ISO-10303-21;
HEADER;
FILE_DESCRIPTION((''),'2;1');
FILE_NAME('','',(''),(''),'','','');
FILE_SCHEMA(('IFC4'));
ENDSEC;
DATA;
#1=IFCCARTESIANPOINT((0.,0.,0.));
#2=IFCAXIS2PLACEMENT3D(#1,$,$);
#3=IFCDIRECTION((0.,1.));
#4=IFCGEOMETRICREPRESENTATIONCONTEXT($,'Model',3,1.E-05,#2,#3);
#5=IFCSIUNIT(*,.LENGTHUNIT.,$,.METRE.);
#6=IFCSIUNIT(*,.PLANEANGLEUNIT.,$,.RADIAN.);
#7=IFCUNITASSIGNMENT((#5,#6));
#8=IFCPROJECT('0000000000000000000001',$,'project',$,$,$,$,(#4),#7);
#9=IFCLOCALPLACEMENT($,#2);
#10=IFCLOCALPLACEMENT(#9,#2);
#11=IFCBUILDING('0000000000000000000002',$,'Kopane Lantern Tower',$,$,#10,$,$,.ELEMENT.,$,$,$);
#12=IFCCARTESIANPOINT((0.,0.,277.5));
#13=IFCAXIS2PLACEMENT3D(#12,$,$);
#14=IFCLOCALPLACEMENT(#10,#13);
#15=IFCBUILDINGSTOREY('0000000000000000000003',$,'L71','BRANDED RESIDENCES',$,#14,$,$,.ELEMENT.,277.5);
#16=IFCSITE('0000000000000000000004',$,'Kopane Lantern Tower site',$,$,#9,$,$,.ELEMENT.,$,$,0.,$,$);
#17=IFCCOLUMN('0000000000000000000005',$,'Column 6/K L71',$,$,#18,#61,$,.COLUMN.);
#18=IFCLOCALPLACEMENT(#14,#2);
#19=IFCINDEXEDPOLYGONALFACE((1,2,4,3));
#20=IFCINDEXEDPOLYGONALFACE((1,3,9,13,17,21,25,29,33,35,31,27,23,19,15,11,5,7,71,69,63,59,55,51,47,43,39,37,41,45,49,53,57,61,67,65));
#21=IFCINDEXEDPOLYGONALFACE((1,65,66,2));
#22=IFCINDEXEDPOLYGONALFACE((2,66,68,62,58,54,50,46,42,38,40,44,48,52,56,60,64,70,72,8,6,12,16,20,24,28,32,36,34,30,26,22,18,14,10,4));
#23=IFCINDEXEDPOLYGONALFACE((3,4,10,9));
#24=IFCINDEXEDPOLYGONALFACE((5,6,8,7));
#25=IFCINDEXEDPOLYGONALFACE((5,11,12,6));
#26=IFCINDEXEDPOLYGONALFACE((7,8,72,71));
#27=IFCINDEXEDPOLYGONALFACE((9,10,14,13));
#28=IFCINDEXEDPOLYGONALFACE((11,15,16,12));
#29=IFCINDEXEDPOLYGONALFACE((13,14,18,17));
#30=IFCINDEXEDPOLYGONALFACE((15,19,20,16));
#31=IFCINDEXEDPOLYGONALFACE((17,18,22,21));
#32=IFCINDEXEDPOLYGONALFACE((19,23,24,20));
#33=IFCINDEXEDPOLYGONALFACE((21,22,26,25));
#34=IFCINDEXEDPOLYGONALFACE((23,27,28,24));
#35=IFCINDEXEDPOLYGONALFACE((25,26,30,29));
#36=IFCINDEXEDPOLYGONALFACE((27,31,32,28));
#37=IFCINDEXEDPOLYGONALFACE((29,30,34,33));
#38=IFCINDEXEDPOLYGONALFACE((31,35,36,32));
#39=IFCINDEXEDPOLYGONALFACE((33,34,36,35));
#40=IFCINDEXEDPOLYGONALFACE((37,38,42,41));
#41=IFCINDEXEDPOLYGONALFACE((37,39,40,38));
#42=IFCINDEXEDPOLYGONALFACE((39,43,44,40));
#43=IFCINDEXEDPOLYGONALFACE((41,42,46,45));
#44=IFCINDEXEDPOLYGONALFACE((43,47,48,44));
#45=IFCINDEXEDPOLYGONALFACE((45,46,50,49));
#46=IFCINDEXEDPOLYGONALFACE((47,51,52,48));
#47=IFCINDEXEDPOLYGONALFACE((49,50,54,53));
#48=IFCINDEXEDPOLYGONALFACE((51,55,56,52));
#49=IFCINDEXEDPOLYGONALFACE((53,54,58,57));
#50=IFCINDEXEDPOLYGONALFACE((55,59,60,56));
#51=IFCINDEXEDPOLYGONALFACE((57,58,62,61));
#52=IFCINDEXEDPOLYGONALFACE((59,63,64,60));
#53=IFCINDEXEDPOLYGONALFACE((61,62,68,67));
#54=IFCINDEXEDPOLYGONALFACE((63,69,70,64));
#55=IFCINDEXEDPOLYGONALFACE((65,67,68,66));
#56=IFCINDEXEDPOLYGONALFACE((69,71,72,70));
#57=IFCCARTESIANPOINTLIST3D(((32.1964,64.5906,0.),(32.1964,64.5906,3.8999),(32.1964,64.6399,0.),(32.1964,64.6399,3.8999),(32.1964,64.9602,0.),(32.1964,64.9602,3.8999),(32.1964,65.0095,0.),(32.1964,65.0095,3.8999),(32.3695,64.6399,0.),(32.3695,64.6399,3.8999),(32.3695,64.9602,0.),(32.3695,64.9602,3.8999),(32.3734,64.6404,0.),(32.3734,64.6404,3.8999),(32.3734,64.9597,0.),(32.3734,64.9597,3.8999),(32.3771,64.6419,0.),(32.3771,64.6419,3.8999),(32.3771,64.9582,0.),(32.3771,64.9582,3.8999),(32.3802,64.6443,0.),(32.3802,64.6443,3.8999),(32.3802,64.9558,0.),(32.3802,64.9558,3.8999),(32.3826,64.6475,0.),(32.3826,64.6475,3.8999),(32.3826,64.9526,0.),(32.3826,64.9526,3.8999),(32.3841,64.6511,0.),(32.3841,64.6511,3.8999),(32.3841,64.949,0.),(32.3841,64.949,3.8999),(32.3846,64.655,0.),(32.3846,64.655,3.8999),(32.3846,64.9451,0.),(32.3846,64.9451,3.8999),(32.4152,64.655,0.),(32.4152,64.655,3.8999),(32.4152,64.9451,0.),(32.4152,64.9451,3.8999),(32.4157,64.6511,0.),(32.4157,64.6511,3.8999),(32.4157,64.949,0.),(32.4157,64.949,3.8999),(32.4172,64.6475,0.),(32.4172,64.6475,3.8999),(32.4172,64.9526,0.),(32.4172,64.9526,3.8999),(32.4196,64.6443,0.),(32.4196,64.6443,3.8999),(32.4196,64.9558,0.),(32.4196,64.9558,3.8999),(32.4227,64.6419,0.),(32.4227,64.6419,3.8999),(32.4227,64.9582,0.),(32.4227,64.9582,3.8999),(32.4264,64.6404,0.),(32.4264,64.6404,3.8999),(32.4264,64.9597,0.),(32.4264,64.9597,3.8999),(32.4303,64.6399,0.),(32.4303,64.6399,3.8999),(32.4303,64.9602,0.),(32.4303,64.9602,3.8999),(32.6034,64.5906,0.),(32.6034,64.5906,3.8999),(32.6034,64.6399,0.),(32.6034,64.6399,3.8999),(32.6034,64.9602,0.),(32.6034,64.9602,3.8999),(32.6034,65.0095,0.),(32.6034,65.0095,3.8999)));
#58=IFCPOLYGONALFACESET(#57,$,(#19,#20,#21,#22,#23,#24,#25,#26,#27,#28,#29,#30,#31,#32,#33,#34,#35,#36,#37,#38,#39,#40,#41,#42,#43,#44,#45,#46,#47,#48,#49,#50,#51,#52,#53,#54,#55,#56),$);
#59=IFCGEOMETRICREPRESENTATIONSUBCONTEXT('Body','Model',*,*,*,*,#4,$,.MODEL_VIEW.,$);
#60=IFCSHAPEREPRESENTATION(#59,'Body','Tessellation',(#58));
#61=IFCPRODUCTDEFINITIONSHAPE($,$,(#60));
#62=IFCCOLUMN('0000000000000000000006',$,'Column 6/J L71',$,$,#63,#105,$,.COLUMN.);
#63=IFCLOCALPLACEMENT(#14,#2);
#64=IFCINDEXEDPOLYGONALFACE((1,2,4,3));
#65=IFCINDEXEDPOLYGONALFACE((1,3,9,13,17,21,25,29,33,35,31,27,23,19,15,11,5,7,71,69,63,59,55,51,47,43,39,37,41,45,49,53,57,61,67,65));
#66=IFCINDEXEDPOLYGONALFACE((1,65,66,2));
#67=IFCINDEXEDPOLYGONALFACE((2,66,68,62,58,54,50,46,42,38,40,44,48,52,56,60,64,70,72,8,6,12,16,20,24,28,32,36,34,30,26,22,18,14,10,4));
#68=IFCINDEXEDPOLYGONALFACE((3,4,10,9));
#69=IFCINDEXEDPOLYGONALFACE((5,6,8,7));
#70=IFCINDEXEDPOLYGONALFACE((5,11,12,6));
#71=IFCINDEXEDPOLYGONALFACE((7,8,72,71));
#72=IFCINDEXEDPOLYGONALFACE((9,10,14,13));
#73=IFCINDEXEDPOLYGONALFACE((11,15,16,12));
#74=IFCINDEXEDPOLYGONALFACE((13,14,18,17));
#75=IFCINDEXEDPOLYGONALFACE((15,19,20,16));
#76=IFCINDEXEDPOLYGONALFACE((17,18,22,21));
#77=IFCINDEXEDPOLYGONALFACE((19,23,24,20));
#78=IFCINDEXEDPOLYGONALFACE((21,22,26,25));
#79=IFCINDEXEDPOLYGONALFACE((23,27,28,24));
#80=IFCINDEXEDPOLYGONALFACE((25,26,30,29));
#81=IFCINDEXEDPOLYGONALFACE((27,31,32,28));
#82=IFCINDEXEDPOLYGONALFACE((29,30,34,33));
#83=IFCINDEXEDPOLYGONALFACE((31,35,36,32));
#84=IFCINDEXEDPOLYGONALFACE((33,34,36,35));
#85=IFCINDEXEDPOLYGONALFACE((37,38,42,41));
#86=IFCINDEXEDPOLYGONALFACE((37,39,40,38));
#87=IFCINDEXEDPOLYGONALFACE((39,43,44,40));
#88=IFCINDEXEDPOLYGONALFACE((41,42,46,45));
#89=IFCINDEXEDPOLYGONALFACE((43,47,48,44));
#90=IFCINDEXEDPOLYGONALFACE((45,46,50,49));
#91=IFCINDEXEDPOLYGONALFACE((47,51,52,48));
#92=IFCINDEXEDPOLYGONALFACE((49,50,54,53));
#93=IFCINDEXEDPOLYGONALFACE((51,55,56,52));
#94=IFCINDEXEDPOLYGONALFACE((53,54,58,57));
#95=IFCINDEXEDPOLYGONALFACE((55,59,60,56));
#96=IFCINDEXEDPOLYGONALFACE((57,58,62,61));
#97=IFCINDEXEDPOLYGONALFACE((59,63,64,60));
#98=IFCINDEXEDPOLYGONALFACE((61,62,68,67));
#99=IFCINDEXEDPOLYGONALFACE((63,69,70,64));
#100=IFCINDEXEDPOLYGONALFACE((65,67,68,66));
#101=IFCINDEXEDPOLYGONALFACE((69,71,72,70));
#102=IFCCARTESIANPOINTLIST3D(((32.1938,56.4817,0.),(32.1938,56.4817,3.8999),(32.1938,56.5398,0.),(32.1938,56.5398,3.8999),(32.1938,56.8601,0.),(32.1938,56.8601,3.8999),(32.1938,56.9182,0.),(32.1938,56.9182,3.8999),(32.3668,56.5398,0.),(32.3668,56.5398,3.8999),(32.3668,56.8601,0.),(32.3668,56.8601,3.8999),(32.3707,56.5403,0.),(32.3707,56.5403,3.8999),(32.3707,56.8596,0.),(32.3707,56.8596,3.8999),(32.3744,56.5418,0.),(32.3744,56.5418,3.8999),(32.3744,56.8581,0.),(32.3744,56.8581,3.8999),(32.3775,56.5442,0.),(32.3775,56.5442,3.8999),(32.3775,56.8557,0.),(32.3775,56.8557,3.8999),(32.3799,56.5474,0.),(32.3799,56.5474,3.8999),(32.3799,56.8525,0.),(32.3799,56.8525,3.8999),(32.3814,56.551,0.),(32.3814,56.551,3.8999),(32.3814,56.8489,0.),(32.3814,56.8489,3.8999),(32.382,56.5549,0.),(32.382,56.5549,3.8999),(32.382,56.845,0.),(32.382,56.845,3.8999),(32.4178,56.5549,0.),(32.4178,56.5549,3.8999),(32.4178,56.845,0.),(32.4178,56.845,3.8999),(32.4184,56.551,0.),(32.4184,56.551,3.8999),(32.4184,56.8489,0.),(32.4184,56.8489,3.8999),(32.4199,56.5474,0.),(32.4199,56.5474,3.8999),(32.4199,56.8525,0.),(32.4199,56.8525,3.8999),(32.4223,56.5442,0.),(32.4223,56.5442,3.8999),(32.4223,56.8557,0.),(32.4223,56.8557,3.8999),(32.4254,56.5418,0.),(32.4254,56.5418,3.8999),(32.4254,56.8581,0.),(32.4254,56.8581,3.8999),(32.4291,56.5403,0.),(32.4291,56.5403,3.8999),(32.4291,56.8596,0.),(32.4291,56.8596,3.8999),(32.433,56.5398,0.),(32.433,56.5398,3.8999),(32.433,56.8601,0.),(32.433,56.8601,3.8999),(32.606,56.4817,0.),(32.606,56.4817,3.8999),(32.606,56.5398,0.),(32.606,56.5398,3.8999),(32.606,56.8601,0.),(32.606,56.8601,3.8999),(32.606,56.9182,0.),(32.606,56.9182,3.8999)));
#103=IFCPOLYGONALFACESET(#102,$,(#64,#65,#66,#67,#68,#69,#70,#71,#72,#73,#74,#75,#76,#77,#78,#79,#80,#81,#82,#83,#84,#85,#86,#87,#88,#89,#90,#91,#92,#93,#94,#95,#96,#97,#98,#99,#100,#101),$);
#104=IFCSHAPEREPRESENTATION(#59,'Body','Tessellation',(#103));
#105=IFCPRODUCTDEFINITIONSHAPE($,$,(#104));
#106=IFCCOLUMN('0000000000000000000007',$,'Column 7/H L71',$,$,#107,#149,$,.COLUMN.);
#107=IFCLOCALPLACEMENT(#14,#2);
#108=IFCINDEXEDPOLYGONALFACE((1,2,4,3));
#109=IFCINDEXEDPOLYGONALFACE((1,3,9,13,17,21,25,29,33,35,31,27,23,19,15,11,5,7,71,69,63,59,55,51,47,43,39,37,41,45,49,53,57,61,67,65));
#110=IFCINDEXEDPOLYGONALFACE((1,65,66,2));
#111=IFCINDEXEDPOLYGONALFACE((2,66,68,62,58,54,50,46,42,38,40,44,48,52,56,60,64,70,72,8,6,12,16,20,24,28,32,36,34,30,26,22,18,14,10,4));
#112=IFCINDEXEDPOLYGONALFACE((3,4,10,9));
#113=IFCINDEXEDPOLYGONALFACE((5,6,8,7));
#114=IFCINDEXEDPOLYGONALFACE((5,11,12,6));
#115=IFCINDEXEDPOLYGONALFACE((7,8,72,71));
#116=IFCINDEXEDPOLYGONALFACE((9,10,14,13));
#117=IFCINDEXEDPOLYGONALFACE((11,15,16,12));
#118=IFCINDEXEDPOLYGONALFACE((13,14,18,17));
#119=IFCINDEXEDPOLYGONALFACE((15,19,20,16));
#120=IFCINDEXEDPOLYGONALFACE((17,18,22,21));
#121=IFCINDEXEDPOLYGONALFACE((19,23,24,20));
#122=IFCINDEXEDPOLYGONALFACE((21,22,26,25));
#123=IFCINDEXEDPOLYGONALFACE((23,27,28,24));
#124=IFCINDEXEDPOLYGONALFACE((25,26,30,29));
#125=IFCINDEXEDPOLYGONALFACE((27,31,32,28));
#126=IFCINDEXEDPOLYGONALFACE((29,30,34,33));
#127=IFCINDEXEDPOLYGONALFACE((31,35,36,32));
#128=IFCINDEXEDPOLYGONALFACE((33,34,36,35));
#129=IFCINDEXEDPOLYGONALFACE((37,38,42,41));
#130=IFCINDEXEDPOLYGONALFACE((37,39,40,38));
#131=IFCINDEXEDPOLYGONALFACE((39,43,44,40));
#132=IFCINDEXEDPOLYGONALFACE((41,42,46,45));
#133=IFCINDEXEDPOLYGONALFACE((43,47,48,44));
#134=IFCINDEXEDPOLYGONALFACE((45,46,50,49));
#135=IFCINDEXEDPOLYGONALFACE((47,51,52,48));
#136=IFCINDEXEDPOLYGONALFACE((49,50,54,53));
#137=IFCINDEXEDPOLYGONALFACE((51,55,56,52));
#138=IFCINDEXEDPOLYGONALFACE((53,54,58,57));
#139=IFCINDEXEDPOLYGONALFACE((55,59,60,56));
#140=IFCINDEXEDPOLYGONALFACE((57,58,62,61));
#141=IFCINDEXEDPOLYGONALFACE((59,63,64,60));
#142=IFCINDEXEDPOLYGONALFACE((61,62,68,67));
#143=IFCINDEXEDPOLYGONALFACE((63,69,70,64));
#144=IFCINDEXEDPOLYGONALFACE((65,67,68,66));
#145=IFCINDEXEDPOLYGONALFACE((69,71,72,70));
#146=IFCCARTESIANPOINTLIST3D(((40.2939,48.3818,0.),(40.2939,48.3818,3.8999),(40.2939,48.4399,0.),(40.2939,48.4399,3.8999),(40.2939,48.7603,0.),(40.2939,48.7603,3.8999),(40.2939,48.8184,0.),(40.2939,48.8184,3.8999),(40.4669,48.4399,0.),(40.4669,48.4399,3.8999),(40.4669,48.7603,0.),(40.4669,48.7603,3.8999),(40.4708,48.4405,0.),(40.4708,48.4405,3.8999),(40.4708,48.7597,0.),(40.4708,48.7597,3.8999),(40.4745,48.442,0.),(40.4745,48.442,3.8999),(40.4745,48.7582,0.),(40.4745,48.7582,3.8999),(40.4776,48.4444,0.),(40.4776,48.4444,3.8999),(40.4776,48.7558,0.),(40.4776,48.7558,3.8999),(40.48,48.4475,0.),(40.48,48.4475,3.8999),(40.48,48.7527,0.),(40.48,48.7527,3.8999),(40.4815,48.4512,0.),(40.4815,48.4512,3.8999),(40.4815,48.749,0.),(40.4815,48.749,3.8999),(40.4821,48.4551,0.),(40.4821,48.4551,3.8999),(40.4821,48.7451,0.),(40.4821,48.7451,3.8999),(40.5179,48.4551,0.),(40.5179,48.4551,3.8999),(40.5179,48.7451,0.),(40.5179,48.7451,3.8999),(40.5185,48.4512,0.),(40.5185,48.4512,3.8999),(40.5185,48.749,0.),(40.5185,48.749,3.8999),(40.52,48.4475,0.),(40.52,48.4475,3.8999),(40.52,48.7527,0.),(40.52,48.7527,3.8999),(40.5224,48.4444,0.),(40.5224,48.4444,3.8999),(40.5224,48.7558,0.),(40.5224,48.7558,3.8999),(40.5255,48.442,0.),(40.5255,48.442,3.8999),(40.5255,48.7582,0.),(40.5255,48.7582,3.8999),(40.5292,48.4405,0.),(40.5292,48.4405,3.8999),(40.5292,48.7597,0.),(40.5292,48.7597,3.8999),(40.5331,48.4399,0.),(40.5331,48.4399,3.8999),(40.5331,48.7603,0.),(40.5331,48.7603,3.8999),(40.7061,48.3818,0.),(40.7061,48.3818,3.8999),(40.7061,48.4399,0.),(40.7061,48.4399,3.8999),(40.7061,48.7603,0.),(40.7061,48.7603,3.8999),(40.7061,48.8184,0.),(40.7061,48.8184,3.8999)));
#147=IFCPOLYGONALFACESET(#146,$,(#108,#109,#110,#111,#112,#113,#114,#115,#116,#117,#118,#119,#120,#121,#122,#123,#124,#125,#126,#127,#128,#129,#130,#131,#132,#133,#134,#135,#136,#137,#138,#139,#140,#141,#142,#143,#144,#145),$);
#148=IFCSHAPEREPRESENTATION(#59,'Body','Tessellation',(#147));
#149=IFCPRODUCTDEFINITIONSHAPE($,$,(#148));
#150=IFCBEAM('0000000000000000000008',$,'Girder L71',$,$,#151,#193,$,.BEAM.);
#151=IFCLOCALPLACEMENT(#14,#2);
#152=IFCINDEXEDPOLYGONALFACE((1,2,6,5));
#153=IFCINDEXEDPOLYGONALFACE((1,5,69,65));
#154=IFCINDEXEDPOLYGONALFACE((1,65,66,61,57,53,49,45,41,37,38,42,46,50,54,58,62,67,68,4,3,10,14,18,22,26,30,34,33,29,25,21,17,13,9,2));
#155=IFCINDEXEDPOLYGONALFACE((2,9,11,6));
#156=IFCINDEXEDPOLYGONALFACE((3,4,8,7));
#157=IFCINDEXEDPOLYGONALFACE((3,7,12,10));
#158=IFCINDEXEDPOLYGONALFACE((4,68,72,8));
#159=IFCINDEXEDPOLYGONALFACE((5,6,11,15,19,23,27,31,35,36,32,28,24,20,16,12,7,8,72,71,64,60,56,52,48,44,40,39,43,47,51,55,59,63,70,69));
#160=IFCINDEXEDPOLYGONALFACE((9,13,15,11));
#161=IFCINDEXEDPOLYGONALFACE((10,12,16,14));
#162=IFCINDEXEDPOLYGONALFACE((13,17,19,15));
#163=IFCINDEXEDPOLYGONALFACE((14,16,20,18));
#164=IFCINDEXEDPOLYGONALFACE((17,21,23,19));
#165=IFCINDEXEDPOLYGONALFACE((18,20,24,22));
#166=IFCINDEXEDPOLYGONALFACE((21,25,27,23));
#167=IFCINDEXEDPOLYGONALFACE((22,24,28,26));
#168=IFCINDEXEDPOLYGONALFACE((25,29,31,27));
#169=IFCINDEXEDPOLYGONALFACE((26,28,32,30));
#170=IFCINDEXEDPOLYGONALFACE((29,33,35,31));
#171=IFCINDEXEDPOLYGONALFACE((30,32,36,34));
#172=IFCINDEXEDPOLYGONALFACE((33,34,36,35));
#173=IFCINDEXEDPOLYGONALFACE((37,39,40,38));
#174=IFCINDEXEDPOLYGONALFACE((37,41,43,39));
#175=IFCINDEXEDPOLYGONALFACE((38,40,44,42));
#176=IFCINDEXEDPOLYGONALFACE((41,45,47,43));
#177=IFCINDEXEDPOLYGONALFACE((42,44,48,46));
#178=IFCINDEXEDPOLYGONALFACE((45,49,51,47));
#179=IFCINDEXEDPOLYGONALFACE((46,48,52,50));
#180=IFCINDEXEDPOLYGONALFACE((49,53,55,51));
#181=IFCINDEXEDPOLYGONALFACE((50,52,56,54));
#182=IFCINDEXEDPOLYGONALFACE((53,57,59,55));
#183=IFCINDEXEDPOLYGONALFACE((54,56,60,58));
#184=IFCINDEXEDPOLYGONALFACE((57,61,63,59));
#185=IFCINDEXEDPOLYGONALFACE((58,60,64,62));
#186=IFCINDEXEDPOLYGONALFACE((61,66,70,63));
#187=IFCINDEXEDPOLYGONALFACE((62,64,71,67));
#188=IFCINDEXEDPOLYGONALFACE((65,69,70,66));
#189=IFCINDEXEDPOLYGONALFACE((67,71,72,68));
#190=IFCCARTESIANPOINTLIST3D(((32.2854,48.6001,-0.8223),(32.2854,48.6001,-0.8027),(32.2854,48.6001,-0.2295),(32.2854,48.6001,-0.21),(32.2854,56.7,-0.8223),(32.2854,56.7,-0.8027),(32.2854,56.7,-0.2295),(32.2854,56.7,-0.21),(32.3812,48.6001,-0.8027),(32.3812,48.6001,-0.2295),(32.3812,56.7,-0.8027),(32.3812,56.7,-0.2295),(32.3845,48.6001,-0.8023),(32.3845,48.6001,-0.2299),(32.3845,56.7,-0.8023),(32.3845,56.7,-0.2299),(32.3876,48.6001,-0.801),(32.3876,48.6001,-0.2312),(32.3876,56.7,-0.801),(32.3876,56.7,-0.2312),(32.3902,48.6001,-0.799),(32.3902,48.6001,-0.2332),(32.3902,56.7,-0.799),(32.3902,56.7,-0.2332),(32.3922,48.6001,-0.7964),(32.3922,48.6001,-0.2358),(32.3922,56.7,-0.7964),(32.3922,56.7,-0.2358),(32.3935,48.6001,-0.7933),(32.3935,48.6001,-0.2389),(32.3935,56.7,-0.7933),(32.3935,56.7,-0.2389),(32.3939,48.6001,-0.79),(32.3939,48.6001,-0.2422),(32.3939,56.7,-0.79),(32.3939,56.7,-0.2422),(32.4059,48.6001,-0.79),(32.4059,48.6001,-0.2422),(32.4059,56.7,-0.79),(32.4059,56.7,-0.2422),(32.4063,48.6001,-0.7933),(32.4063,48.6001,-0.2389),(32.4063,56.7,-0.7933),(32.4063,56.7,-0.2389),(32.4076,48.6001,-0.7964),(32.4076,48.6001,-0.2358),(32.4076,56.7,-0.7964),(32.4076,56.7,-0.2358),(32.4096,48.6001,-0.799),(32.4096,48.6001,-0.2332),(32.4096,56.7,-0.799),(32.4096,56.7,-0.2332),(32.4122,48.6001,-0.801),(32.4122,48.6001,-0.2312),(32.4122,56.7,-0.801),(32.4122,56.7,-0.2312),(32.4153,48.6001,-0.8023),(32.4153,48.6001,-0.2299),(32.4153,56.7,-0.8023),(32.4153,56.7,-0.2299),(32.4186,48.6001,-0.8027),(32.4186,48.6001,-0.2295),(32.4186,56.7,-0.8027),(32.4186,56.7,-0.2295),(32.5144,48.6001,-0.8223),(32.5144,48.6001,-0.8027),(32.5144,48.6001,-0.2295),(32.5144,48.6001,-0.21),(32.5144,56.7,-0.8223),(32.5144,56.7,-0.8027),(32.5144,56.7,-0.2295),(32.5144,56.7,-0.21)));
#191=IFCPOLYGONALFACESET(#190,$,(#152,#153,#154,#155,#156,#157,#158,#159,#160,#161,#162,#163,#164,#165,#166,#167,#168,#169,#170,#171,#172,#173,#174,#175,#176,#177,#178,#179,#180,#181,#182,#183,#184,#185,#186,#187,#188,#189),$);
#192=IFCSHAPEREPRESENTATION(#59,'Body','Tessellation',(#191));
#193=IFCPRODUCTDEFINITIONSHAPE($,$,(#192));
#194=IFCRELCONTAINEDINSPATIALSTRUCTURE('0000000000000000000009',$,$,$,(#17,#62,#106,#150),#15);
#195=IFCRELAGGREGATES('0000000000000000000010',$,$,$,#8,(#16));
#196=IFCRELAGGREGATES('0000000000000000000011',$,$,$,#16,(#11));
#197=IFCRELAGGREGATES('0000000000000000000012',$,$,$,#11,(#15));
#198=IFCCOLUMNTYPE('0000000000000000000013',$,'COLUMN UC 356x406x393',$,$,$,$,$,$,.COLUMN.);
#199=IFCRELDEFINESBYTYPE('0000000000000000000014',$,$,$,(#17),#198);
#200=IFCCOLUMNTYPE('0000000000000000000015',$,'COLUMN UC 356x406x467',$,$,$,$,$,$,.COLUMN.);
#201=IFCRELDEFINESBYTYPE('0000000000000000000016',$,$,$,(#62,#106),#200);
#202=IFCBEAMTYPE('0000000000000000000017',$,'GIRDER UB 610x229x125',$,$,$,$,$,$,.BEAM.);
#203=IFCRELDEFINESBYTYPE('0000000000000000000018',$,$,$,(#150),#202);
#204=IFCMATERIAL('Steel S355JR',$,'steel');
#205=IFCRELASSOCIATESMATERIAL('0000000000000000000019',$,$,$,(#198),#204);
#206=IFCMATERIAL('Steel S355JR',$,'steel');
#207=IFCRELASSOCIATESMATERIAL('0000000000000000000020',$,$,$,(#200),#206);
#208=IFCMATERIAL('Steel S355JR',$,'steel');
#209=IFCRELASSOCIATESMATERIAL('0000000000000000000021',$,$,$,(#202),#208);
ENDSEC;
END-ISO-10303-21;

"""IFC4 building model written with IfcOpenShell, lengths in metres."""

from ifc_helpers import new_model, si_unit, direction, frame, origin, origin_2d, place, context, subcontext, project, spatial, i_section, extrude, material, material_profile, profile_set, type_object, element, save


model = new_model("IFC4")

# Units and contexts
model_context = context("Model", 3, precision=1e-05, world=origin(), true_north=direction((0.0, 1.0)))
body_context = subcontext(model_context, "Body", "Model", "MODEL_VIEW")
ifc_project = project(units=[si_unit("LENGTHUNIT", "METRE"), si_unit("PLANEANGLEUNIT", "RADIAN")], contexts=[model_context])

# Site, building, storey
site_placement = place(None, origin())
site = spatial("IfcSite", under=ifc_project, at=site_placement, Name="Kopane Lantern Tower site", CompositionType="ELEMENT", RefElevation=0.0)
building_placement = place(site_placement, origin())
building = spatial("IfcBuilding", under=site, at=building_placement, Name="Kopane Lantern Tower", CompositionType="ELEMENT")
storey_placement = place(building_placement, frame((0.0, 0.0, 277.5)))
storey = spatial("IfcBuildingStorey", under=building, at=storey_placement, Name="L71", Description="BRANDED RESIDENCES", CompositionType="ELEMENT", Elevation=277.5)

# Columns
ifc_material_1 = material(Name="Steel S355JR", Category="steel")
ifc_material_profile_1 = material_profile(ifc_material_1, i_section(OverallWidth=0.407, OverallDepth=0.4189, WebThickness=0.0305, FlangeThickness=0.0493, FilletRadius=0.0151, at=origin_2d()), Name="UC 356x406x393")
ifc_profile_set_1 = profile_set([ifc_material_profile_1], Name="Steel S355JR")
column_type_1 = type_object("IfcColumnType", Name="COLUMN UC 356x406x393", PredefinedType="COLUMN", material=ifc_profile_set_1)
column_placement = place(storey_placement, frame((32.3999, 64.8, 0.0), z_axis=(0.0, 0.0, 1.0), x_axis=(1.0, 0.0, 0.0)))
element("IfcColumn", 1, at=column_placement, inside=storey, type_object=column_type_1, Name="Column 6/K L71", PredefinedType="COLUMN", context=body_context, shape_type="SweptSolid", body=[
    extrude(i_section(OverallWidth=0.407, OverallDepth=0.4189, WebThickness=0.0305, FlangeThickness=0.0493, FilletRadius=0.0151, at=origin_2d()), origin(), (0.0, 0.0, 1.0), 3.8999),
])
ifc_material_2 = material(Name="Steel S355JR", Category="steel")
ifc_material_profile_2 = material_profile(ifc_material_2, i_section(OverallWidth=0.4121, OverallDepth=0.4365, WebThickness=0.0359, FlangeThickness=0.0581, FilletRadius=0.0151, at=origin_2d()), Name="UC 356x406x467")
ifc_profile_set_2 = profile_set([ifc_material_profile_2], Name="Steel S355JR")
column_type_2 = type_object("IfcColumnType", Name="COLUMN UC 356x406x467", PredefinedType="COLUMN", material=ifc_profile_set_2)
for number, where, z_axis, x_axis, name in (
    (2, (32.3999, 56.7, 0.0), (0.0, 0.0, 1.0), (1.0, 0.0, 0.0), "Column 6/J L71"),
    (3, (40.5, 48.6001, 0.0), (0.0, 0.0, 1.0), (1.0, 0.0, 0.0), "Column 7/H L71"),
):
    element("IfcColumn", number, at=place(storey_placement, frame(where, z_axis=z_axis, x_axis=x_axis)), inside=storey, type_object=column_type_2, Name=name, PredefinedType="COLUMN", context=body_context, shape_type="SweptSolid", body=[
        extrude(i_section(OverallWidth=0.4121, OverallDepth=0.4365, WebThickness=0.0359, FlangeThickness=0.0581, FilletRadius=0.0151, at=origin_2d()), origin(), (0.0, 0.0, 1.0), 3.8999),
    ])

# Beam
ifc_material_3 = material(Name="Steel S355JR", Category="steel")
ifc_material_profile_3 = material_profile(ifc_material_3, i_section(OverallWidth=0.229, OverallDepth=0.6123, WebThickness=0.012, FlangeThickness=0.0195, FilletRadius=0.0127, at=origin_2d()), Name="UB 610x229x125")
ifc_profile_set_3 = profile_set([ifc_material_profile_3], Name="Steel S355JR")
beam_type = type_object("IfcBeamType", Name="GIRDER UB 610x229x125", PredefinedType="BEAM", material=ifc_profile_set_3)
beam_1_placement = place(storey_placement, frame((32.3999, 48.6001, -0.5161), z_axis=(0.0, 1.0, 0.0), x_axis=(-1.0, 0.0, 0.0)))
element("IfcBeam", 4, at=beam_1_placement, inside=storey, type_object=beam_type, Name="Girder L71", PredefinedType="BEAM", context=body_context, shape_type="SweptSolid", body=[
    extrude(i_section(OverallWidth=0.229, OverallDepth=0.6123, WebThickness=0.012, FlangeThickness=0.0195, FilletRadius=0.0127, at=origin_2d()), origin(), (0.0, 0.0, 1.0), 8.0999),
])

save(model, "model.ifc")
